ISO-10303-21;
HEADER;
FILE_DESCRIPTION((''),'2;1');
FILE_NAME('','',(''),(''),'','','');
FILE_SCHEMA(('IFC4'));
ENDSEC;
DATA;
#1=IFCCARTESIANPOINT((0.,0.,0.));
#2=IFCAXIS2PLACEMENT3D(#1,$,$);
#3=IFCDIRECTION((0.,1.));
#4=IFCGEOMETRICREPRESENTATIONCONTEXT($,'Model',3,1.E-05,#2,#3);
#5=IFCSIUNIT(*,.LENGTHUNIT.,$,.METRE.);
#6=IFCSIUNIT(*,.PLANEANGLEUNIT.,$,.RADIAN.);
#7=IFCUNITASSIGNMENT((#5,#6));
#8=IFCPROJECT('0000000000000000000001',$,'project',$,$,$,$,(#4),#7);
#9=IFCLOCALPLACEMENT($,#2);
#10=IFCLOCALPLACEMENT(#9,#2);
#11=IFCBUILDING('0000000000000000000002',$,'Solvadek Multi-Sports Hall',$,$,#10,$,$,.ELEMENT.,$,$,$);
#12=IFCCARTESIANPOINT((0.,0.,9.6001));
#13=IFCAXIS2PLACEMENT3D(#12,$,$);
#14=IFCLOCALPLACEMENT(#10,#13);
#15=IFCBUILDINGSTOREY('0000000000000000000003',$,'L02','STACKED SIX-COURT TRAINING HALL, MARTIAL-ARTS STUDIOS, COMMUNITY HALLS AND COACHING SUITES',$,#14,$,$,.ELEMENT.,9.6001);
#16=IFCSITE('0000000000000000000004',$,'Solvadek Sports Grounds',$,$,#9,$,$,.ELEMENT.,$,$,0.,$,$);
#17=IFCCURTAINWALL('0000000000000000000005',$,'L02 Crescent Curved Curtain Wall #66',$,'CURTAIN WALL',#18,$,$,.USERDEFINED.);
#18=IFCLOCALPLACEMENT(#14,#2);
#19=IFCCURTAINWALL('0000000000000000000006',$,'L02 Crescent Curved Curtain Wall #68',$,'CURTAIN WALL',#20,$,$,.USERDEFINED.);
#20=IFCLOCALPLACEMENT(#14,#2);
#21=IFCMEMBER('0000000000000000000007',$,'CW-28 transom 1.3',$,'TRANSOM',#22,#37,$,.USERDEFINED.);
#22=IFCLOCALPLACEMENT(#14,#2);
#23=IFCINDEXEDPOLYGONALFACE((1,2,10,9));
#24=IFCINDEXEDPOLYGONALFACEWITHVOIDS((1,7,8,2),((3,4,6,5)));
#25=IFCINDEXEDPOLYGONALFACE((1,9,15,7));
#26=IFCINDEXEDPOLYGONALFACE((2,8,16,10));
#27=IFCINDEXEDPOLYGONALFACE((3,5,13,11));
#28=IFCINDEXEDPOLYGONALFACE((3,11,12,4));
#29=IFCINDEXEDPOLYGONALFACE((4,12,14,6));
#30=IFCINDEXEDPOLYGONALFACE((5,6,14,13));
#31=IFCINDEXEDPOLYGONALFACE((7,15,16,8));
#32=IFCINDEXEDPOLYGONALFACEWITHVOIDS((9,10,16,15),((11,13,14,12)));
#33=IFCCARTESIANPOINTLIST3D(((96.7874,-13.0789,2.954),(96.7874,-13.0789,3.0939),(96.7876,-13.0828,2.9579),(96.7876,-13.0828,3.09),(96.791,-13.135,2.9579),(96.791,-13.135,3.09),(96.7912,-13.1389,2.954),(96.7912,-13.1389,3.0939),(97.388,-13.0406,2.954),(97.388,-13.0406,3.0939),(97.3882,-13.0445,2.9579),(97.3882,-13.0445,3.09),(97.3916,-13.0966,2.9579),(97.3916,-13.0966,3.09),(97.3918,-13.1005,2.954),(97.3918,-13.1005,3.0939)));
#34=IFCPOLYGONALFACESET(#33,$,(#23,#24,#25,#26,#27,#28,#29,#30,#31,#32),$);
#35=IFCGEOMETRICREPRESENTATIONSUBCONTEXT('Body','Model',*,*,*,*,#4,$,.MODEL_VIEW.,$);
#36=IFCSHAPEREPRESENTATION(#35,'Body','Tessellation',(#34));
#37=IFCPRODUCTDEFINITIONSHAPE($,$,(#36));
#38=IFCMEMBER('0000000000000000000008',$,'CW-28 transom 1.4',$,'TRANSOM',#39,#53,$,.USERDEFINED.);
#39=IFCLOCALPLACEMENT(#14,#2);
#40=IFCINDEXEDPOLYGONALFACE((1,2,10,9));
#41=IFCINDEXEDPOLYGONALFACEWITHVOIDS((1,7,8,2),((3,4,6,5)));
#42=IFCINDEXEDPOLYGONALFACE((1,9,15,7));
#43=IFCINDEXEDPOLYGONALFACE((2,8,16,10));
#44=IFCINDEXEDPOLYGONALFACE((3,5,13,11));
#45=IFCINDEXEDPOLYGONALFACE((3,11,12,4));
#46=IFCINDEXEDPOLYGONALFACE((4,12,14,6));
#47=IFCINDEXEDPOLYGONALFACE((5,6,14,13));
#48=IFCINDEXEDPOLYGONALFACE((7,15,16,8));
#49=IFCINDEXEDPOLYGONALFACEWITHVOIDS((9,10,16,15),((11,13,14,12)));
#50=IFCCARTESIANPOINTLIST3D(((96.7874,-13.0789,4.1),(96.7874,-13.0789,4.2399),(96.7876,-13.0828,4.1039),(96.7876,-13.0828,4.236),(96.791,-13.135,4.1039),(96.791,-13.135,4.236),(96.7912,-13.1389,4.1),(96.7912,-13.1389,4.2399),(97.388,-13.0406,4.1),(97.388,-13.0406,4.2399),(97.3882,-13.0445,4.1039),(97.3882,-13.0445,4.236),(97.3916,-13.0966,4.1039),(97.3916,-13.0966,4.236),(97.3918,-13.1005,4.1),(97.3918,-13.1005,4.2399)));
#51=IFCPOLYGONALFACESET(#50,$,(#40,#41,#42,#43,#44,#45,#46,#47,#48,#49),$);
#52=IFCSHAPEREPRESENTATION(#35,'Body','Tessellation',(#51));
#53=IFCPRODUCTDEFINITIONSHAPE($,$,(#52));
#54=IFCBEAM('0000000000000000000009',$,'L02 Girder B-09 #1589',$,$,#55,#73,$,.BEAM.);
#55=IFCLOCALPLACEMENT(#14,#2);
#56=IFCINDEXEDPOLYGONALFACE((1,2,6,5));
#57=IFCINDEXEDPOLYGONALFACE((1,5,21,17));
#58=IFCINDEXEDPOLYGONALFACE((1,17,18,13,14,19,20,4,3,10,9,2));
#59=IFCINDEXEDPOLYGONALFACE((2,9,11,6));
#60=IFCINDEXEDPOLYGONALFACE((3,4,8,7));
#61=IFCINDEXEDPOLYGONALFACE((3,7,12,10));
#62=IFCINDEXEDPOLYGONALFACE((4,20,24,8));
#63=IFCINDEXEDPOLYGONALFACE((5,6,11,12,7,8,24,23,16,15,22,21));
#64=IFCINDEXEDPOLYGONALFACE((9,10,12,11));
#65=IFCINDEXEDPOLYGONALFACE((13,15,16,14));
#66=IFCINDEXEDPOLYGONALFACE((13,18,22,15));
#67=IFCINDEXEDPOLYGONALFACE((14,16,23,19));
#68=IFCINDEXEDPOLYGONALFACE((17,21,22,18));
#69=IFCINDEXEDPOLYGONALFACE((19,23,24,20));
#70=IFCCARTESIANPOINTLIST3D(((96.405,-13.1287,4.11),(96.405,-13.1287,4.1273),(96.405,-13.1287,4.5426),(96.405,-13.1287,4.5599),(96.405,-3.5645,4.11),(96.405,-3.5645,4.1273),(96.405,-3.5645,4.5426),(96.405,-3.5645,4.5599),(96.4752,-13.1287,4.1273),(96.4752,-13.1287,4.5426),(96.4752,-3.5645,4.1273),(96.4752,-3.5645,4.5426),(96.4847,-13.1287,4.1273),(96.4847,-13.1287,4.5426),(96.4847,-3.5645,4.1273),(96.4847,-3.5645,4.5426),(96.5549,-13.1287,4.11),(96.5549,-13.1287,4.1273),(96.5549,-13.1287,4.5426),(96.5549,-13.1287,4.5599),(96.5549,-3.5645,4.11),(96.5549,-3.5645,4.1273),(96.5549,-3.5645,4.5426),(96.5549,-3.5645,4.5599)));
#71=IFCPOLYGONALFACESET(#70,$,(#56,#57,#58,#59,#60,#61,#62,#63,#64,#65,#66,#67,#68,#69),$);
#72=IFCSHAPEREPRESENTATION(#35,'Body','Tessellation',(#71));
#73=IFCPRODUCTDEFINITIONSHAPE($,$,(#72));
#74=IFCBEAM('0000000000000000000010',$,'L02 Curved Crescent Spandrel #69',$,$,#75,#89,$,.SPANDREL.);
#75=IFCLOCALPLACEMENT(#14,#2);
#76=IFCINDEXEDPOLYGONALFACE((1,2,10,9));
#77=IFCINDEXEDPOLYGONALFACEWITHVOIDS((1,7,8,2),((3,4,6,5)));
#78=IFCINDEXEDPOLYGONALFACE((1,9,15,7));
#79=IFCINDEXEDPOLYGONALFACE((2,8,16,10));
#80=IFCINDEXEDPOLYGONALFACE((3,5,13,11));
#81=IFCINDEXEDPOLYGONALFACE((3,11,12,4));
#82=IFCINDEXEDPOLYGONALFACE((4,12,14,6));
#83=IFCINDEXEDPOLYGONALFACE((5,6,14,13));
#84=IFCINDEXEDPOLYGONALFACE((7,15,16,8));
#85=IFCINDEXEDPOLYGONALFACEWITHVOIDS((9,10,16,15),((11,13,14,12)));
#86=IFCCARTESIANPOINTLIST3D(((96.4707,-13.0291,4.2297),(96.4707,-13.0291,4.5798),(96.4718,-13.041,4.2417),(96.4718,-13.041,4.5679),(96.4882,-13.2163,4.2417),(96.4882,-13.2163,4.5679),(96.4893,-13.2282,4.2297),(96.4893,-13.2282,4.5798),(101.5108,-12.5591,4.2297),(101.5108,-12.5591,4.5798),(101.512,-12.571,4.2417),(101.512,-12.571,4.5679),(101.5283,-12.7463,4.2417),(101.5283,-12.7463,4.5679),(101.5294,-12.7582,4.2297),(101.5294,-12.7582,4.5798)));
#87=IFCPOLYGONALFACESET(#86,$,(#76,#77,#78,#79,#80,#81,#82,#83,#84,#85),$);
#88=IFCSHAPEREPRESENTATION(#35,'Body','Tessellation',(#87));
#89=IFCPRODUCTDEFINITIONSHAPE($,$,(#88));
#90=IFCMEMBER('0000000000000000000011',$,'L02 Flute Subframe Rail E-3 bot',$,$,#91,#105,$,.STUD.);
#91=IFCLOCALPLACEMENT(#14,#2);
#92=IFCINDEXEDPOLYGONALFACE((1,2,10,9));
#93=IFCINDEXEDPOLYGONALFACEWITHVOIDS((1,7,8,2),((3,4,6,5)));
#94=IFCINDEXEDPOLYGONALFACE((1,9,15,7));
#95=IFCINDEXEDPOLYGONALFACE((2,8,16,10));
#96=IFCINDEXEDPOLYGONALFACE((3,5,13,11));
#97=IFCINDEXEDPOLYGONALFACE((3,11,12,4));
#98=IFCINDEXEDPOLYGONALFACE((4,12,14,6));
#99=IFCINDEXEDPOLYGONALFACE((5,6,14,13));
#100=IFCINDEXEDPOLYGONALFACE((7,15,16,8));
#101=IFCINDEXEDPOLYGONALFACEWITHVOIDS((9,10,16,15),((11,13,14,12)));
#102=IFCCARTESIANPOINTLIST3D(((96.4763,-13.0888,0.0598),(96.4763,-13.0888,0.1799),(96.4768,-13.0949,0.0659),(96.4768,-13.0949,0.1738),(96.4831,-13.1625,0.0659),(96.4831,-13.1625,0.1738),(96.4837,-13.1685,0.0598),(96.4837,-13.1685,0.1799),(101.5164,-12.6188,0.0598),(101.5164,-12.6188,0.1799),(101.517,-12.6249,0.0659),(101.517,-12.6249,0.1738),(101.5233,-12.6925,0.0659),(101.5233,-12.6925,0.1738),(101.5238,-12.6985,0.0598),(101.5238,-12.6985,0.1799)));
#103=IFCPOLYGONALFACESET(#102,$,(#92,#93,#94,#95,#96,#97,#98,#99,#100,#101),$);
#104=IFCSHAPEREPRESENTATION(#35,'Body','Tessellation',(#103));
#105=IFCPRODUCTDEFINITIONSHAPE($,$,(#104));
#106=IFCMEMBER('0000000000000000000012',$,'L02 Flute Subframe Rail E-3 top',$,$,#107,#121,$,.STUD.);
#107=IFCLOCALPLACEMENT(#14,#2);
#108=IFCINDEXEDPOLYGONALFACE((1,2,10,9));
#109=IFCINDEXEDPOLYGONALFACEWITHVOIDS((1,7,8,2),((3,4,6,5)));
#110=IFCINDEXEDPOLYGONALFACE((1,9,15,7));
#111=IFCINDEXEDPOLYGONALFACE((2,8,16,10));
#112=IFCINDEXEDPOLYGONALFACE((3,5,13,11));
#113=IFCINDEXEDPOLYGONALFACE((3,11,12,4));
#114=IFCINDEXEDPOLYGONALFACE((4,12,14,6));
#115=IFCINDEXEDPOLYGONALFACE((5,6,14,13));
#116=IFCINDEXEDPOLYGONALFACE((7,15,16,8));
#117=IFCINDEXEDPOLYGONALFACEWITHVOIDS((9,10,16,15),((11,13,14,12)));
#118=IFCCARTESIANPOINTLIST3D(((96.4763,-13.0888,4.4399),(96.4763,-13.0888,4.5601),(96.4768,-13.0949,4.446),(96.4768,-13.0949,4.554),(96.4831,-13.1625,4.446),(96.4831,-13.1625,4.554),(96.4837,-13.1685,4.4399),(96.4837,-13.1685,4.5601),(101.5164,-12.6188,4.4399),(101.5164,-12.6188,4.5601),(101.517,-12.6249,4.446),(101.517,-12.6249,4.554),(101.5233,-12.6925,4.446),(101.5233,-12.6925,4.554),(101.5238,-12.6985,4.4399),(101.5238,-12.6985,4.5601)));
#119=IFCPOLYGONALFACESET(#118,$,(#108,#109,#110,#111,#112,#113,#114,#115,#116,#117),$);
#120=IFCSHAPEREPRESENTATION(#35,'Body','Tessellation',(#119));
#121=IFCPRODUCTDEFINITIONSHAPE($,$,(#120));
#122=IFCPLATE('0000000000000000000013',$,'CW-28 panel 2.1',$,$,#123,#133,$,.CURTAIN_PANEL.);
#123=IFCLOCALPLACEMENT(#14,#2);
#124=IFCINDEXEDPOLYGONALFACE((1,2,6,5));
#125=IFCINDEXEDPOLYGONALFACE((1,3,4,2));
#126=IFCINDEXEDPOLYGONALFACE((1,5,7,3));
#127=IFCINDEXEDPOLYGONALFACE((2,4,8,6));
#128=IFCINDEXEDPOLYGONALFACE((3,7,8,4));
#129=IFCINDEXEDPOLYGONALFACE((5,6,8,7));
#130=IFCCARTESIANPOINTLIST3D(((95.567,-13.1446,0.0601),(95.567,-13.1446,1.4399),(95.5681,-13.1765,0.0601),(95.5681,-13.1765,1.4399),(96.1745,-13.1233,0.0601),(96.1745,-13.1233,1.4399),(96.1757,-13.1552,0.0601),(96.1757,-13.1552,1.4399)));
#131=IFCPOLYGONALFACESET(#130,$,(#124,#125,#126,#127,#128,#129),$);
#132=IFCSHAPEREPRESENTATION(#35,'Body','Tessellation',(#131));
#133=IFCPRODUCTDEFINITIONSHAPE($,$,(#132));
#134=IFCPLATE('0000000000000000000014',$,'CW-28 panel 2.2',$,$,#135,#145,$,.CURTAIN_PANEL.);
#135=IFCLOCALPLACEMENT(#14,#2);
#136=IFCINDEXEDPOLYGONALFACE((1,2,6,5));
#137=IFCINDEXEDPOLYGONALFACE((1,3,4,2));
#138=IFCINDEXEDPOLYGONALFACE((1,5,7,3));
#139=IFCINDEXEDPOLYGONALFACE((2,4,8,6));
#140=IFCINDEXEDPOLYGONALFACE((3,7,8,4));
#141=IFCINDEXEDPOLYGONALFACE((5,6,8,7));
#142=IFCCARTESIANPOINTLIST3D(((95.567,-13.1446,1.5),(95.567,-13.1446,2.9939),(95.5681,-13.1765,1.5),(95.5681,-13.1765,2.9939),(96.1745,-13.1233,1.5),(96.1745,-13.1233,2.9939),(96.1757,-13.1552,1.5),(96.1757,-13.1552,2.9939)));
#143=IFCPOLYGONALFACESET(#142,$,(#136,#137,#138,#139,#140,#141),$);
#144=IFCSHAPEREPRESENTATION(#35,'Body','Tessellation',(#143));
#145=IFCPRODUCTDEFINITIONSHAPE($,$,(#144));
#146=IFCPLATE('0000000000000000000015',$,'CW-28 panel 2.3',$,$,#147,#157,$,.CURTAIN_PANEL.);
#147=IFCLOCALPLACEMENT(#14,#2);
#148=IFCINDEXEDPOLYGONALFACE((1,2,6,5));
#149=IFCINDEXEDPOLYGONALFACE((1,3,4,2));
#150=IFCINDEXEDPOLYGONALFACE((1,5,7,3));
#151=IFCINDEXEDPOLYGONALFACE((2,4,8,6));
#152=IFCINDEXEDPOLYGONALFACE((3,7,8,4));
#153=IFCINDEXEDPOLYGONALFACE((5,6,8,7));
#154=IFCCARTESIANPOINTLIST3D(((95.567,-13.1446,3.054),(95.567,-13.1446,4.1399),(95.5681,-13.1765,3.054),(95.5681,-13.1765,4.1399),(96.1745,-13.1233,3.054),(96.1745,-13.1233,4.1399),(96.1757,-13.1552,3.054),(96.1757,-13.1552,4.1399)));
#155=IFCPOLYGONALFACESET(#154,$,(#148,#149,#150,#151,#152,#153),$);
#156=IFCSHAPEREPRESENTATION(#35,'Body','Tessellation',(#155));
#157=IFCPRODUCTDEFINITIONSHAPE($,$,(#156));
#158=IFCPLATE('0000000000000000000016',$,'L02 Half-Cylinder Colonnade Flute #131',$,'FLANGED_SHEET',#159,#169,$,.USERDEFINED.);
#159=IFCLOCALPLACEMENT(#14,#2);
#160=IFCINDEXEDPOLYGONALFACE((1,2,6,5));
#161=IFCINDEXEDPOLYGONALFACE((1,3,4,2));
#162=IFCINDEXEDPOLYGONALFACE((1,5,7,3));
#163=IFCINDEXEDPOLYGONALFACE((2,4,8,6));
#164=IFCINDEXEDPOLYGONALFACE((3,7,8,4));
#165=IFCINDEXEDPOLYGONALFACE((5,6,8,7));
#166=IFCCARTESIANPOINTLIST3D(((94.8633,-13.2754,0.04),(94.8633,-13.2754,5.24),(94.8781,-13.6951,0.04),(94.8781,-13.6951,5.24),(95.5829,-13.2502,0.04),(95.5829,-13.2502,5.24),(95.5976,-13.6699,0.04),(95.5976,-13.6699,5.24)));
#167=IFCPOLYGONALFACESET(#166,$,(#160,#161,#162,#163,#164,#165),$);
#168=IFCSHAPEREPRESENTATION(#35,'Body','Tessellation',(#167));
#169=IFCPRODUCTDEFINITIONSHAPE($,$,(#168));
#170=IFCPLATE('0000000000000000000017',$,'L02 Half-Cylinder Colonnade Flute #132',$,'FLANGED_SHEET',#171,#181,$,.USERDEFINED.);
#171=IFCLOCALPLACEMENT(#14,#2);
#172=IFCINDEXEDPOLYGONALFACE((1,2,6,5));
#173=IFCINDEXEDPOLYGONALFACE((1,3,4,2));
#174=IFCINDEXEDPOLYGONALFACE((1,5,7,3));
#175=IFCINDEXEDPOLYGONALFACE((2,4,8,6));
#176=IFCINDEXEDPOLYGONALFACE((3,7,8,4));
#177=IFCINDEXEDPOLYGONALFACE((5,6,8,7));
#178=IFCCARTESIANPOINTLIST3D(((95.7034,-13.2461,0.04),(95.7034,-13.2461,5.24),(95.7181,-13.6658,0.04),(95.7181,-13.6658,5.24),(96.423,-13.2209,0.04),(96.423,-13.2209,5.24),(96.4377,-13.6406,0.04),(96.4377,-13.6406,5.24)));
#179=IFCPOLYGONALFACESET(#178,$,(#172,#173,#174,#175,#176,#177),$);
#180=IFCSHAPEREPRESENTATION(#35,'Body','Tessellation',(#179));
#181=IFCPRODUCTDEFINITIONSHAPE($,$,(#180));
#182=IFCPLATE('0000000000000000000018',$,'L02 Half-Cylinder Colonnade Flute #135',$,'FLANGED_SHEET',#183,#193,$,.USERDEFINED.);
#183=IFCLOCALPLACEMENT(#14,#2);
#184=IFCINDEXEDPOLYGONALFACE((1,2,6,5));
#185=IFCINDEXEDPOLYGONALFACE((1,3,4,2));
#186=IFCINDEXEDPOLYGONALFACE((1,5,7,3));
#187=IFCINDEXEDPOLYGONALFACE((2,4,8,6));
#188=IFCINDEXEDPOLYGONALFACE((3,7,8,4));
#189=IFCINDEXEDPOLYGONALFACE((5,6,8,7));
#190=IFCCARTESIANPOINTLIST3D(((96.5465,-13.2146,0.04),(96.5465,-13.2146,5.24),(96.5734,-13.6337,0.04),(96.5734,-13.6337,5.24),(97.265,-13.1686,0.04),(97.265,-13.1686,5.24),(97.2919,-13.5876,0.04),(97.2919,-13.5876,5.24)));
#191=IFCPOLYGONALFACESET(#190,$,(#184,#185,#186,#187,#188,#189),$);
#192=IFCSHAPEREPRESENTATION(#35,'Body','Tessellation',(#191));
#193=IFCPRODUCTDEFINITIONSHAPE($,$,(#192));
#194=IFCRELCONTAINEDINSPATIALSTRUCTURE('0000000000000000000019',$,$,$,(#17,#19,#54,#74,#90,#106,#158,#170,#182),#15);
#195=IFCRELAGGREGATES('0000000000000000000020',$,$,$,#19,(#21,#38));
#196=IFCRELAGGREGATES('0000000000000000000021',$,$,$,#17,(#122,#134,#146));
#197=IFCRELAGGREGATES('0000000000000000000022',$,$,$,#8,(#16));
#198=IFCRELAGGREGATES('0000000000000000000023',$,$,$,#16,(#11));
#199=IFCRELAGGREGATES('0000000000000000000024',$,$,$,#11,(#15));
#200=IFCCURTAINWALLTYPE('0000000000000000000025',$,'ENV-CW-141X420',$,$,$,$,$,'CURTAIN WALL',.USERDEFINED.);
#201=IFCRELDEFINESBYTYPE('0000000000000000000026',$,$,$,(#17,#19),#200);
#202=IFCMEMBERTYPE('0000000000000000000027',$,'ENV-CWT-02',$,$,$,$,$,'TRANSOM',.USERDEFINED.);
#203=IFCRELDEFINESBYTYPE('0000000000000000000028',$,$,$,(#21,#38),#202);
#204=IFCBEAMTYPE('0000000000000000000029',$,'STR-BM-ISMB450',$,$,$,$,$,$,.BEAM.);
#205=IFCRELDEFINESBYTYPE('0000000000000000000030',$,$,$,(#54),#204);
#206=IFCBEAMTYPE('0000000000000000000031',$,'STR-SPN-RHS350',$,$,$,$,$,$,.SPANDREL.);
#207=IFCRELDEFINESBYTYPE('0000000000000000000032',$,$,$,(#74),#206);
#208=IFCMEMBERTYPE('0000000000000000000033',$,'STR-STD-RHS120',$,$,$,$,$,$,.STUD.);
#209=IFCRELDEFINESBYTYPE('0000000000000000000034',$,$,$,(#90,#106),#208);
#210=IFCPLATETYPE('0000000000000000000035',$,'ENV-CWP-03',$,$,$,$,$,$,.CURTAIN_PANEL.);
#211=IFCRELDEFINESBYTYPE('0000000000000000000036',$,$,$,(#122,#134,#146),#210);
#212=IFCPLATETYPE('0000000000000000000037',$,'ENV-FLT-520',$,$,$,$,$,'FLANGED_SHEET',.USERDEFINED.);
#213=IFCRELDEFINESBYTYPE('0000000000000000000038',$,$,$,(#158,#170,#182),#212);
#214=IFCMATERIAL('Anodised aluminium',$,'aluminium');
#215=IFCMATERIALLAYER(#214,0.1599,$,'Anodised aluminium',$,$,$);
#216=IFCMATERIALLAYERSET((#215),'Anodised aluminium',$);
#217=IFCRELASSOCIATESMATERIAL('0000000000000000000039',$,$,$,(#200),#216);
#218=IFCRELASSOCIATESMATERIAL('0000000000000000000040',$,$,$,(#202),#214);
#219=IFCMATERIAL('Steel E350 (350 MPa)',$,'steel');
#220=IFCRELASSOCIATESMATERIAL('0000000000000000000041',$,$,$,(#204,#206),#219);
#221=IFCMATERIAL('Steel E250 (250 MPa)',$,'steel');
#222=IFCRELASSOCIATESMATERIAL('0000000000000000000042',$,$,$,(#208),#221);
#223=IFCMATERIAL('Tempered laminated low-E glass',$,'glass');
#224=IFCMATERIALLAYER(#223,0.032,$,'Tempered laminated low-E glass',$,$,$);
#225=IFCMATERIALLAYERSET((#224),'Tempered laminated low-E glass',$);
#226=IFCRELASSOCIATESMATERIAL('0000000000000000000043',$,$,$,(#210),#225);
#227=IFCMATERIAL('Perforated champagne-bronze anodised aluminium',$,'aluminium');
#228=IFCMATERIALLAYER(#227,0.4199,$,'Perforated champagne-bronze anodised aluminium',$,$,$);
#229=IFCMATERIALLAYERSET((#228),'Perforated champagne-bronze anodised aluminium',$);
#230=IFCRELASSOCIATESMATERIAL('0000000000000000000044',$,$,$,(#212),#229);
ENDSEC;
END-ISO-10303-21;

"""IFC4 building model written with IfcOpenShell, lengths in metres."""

from ifc_helpers import new_model, si_unit, direction, frame, origin, origin_2d, place, context, subcontext, project, spatial, rectangle, hollow_rectangle, i_section, extrude, material, layer, layer_set, material_profile, profile_set, type_object, element, aggregate, save


model = new_model("IFC4")

# Units and contexts
model_context = context("Model", 3, precision=1e-05, world=origin(), true_north=direction((0.0, 1.0)))
body_context = subcontext(model_context, "Body", "Model", "MODEL_VIEW")
ifc_project = project(units=[si_unit("LENGTHUNIT", "METRE"), si_unit("PLANEANGLEUNIT", "RADIAN")], contexts=[model_context])

# Site, building, storey
site_placement = place(None, origin())
site = spatial("IfcSite", under=ifc_project, at=site_placement, Name="Solvadek Sports Grounds", CompositionType="ELEMENT", RefElevation=0.0)
building_placement = place(site_placement, origin())
building = spatial("IfcBuilding", under=site, at=building_placement, Name="Solvadek Multi-Sports Hall", CompositionType="ELEMENT")
storey_placement = place(building_placement, frame((0.0, 0.0, 9.6001)))
storey = spatial("IfcBuildingStorey", under=building, at=storey_placement, Name="L02", Description="STACKED SIX-COURT TRAINING HALL, MARTIAL-ARTS STUDIOS, COMMUNITY HALLS AND COACHING SUITES", CompositionType="ELEMENT", Elevation=9.6001)

# Shared definitions
ifc_material_1 = material(Name="Steel E350 (350 MPa)", Category="steel")

# Curtain wall
ifc_material_2 = material(Name="Anodised aluminium", Category="aluminium")
ifc_layer_1 = layer(ifc_material_2, 0.1599, Name="Anodised aluminium")
ifc_layer_set_1 = layer_set([ifc_layer_1], Name="Anodised aluminium")
curtain_wall_type = type_object("IfcCurtainWallType", Name="ENV-CW-141X420", ElementType="CURTAIN WALL", PredefinedType="USERDEFINED", material=ifc_layer_set_1)
curtain_wall_1_placement = place(storey_placement, origin())
curtain_wall_1 = element("IfcCurtainWall", 1, at=curtain_wall_1_placement, inside=storey, type_object=curtain_wall_type, Name="L02 Crescent Curved Curtain Wall #66", ObjectType="CURTAIN WALL", PredefinedType="USERDEFINED")

# Curtain wall
curtain_wall_2_placement = place(storey_placement, origin())
curtain_wall_2 = element("IfcCurtainWall", 2, at=curtain_wall_2_placement, inside=storey, type_object=curtain_wall_type, Name="L02 Crescent Curved Curtain Wall #68", ObjectType="CURTAIN WALL", PredefinedType="USERDEFINED")

# Members
ifc_material_profile_1 = material_profile(ifc_material_2, hollow_rectangle(XDim=0.0601, YDim=0.1399, WallThickness=0.0039, at=origin_2d()), Name="ALU-T 140x60x4")
ifc_profile_set_1 = profile_set([ifc_material_profile_1], Name="Anodised aluminium")
member_type_1 = type_object("IfcMemberType", Name="ENV-CWT-02", ElementType="TRANSOM", PredefinedType="USERDEFINED", material=ifc_profile_set_1)
member_1_placement = place(storey_placement, frame((96.7893, -13.1089, 3.0239), z_axis=(0.99797, 0.063692, 0.0), x_axis=(-0.063692, 0.99797, 0.0)))
member_1 = element("IfcMember", 3, at=member_1_placement, type_object=member_type_1, Name="CW-28 transom 1.3", ObjectType="TRANSOM", PredefinedType="USERDEFINED", context=body_context, shape_type="SweptSolid", body=[
    extrude(hollow_rectangle(XDim=0.0601, YDim=0.1399, WallThickness=0.0039, at=origin_2d()), origin(), (0.0, 0.0, 1.0), 0.6018),
])
member_2_placement = place(storey_placement, frame((96.7893, -13.1089, 4.1699), z_axis=(0.99797, 0.063692, 0.0), x_axis=(-0.063692, 0.99797, 0.0)))
member_2 = element("IfcMember", 4, at=member_2_placement, type_object=member_type_1, Name="CW-28 transom 1.4", ObjectType="TRANSOM", PredefinedType="USERDEFINED", context=body_context, shape_type="SweptSolid", body=[
    extrude(hollow_rectangle(XDim=0.0601, YDim=0.1399, WallThickness=0.0039, at=origin_2d()), origin(), (0.0, 0.0, 1.0), 0.6018),
])
aggregate(curtain_wall_2, [member_1, member_2])

# Beams
ifc_material_profile_2 = material_profile(ifc_material_1, i_section(OverallWidth=0.1499, OverallDepth=0.45, WebThickness=0.0095, FlangeThickness=0.0173, at=origin_2d()), Name="ISMB 450")
ifc_profile_set_2 = profile_set([ifc_material_profile_2], Name="Steel E350 (350 MPa)")
beam_type_1 = type_object("IfcBeamType", Name="STR-BM-ISMB450", PredefinedType="BEAM", material=ifc_profile_set_2)
beam_1_placement = place(storey_placement, frame((96.48, -13.1287, 4.335), z_axis=(0.0, 1.0, 0.0), x_axis=(-1.0, 0.0, 0.0)))
element("IfcBeam", 5, at=beam_1_placement, inside=storey, type_object=beam_type_1, Name="L02 Girder B-09 #1589", PredefinedType="BEAM", context=body_context, shape_type="SweptSolid", body=[
    extrude(i_section(OverallWidth=0.1499, OverallDepth=0.45, WebThickness=0.0095, FlangeThickness=0.0173, at=origin_2d()), origin(), (0.0, 0.0, 1.0), 9.5642),
])
ifc_material_profile_3 = material_profile(ifc_material_1, hollow_rectangle(XDim=0.2, YDim=0.3501, WallThickness=0.012, at=origin_2d()), Name="RHS 350x200x12")
ifc_profile_set_3 = profile_set([ifc_material_profile_3], Name="Steel E350 (350 MPa)")
beam_type_2 = type_object("IfcBeamType", Name="STR-SPN-RHS350", PredefinedType="SPANDREL", material=ifc_profile_set_3)
beam_2_placement = place(storey_placement, frame((96.48, -13.1287, 4.4048), z_axis=(0.995681, 0.092845, 0.0), x_axis=(-0.092845, 0.995681, 0.0)))
element("IfcBeam", 6, at=beam_2_placement, inside=storey, type_object=beam_type_2, Name="L02 Curved Crescent Spandrel #69", PredefinedType="SPANDREL", context=body_context, shape_type="SweptSolid", body=[
    extrude(hollow_rectangle(XDim=0.2, YDim=0.3501, WallThickness=0.012, at=origin_2d()), origin(), (0.0, 0.0, 1.0), 5.062),
])

# Members
ifc_material_3 = material(Name="Steel E250 (250 MPa)", Category="steel")
ifc_material_profile_4 = material_profile(ifc_material_3, hollow_rectangle(XDim=0.0801, YDim=0.1201, WallThickness=0.0061, at=origin_2d()), Name="RHS 120x80x6")
ifc_profile_set_4 = profile_set([ifc_material_profile_4], Name="Steel E250 (250 MPa)")
member_type_2 = type_object("IfcMemberType", Name="STR-STD-RHS120", PredefinedType="STUD", material=ifc_profile_set_4)
for number, where, z_axis, x_axis, name in (
    (7, (96.48, -13.1287, 0.1199), (0.995681, 0.092845, 0.0), (-0.092845, 0.995681, 0.0), "L02 Flute Subframe Rail E-3 bot"),
    (8, (96.48, -13.1287, 4.5), (0.995681, 0.092845, 0.0), (-0.092845, 0.995681, 0.0), "L02 Flute Subframe Rail E-3 top"),
):
    element("IfcMember", number, at=place(storey_placement, frame(where, z_axis=z_axis, x_axis=x_axis)), inside=storey, type_object=member_type_2, Name=name, PredefinedType="STUD", context=body_context, shape_type="SweptSolid", body=[
        extrude(hollow_rectangle(XDim=0.0801, YDim=0.1201, WallThickness=0.0061, at=origin_2d()), origin(), (0.0, 0.0, 1.0), 5.062),
    ])

# Plates
ifc_material_4 = material(Name="Tempered laminated low-E glass", Category="glass")
ifc_layer_2 = layer(ifc_material_4, 0.032, Name="Tempered laminated low-E glass")
ifc_layer_set_2 = layer_set([ifc_layer_2], Name="Tempered laminated low-E glass")
plate_type_1 = type_object("IfcPlateType", Name="ENV-CWP-03", PredefinedType="CURTAIN_PANEL", material=ifc_layer_set_2)
plate_1_placement = place(storey_placement, frame((95.8713, -13.1499, 0.0601), z_axis=(0.0, 0.0, 1.0), x_axis=(0.999387, 0.035011, 0.0)))
plate_1 = element("IfcPlate", 9, at=plate_1_placement, type_object=plate_type_1, Name="CW-28 panel 2.1", PredefinedType="CURTAIN_PANEL", context=body_context, shape_type="SweptSolid", body=[
    extrude(rectangle(XDim=0.6079, YDim=0.032, at=origin_2d()), origin(), (0.0, 0.0, 1.0), 1.3799),
])
plate_2_placement = place(storey_placement, frame((95.8713, -13.1499, 1.5), z_axis=(0.0, 0.0, 1.0), x_axis=(0.999387, 0.035011, 0.0)))
plate_2 = element("IfcPlate", 10, at=plate_2_placement, type_object=plate_type_1, Name="CW-28 panel 2.2", PredefinedType="CURTAIN_PANEL", context=body_context, shape_type="SweptSolid", body=[
    extrude(rectangle(XDim=0.6079, YDim=0.032, at=origin_2d()), origin(), (0.0, 0.0, 1.0), 1.4939),
])
plate_3_placement = place(storey_placement, frame((95.8713, -13.1499, 3.054), z_axis=(0.0, 0.0, 1.0), x_axis=(0.999387, 0.035011, 0.0)))
plate_3 = element("IfcPlate", 11, at=plate_3_placement, type_object=plate_type_1, Name="CW-28 panel 2.3", PredefinedType="CURTAIN_PANEL", context=body_context, shape_type="SweptSolid", body=[
    extrude(rectangle(XDim=0.6079, YDim=0.032, at=origin_2d()), origin(), (0.0, 0.0, 1.0), 1.0859),
])
aggregate(curtain_wall_1, [plate_1, plate_2, plate_3])

# Plates
ifc_material_5 = material(Name="Perforated champagne-bronze anodised aluminium", Category="aluminium")
ifc_layer_3 = layer(ifc_material_5, 0.4199, Name="Perforated champagne-bronze anodised aluminium")
ifc_layer_set_3 = layer_set([ifc_layer_3], Name="Perforated champagne-bronze anodised aluminium")
plate_type_2 = type_object("IfcPlateType", Name="ENV-FLT-520", ElementType="FLANGED_SHEET", PredefinedType="USERDEFINED", material=ifc_layer_set_3)
for number, where, z_axis, x_axis, name in (
    (12, (95.2305, -13.4727, 0.04), (0.0, 0.0, 1.0), (0.999386, 0.035038, 0.0), "L02 Half-Cylinder Colonnade Flute #131"),
    (13, (96.0706, -13.4434, 0.04), (0.0, 0.0, 1.0), (0.999386, 0.035038, 0.0), "L02 Half-Cylinder Colonnade Flute #132"),
    (14, (96.9192, -13.4011, 0.04), (0.0, 0.0, 1.0), (0.997955, 0.063917, 0.0), "L02 Half-Cylinder Colonnade Flute #135"),
):
    element("IfcPlate", number, at=place(storey_placement, frame(where, z_axis=z_axis, x_axis=x_axis)), inside=storey, type_object=plate_type_2, Name=name, ObjectType="FLANGED_SHEET", PredefinedType="USERDEFINED", context=body_context, shape_type="SweptSolid", body=[
        extrude(rectangle(XDim=0.72, YDim=0.4199, at=origin_2d()), origin(), (0.0, 0.0, 1.0), 5.2),
    ])

save(model, "model.ifc")
